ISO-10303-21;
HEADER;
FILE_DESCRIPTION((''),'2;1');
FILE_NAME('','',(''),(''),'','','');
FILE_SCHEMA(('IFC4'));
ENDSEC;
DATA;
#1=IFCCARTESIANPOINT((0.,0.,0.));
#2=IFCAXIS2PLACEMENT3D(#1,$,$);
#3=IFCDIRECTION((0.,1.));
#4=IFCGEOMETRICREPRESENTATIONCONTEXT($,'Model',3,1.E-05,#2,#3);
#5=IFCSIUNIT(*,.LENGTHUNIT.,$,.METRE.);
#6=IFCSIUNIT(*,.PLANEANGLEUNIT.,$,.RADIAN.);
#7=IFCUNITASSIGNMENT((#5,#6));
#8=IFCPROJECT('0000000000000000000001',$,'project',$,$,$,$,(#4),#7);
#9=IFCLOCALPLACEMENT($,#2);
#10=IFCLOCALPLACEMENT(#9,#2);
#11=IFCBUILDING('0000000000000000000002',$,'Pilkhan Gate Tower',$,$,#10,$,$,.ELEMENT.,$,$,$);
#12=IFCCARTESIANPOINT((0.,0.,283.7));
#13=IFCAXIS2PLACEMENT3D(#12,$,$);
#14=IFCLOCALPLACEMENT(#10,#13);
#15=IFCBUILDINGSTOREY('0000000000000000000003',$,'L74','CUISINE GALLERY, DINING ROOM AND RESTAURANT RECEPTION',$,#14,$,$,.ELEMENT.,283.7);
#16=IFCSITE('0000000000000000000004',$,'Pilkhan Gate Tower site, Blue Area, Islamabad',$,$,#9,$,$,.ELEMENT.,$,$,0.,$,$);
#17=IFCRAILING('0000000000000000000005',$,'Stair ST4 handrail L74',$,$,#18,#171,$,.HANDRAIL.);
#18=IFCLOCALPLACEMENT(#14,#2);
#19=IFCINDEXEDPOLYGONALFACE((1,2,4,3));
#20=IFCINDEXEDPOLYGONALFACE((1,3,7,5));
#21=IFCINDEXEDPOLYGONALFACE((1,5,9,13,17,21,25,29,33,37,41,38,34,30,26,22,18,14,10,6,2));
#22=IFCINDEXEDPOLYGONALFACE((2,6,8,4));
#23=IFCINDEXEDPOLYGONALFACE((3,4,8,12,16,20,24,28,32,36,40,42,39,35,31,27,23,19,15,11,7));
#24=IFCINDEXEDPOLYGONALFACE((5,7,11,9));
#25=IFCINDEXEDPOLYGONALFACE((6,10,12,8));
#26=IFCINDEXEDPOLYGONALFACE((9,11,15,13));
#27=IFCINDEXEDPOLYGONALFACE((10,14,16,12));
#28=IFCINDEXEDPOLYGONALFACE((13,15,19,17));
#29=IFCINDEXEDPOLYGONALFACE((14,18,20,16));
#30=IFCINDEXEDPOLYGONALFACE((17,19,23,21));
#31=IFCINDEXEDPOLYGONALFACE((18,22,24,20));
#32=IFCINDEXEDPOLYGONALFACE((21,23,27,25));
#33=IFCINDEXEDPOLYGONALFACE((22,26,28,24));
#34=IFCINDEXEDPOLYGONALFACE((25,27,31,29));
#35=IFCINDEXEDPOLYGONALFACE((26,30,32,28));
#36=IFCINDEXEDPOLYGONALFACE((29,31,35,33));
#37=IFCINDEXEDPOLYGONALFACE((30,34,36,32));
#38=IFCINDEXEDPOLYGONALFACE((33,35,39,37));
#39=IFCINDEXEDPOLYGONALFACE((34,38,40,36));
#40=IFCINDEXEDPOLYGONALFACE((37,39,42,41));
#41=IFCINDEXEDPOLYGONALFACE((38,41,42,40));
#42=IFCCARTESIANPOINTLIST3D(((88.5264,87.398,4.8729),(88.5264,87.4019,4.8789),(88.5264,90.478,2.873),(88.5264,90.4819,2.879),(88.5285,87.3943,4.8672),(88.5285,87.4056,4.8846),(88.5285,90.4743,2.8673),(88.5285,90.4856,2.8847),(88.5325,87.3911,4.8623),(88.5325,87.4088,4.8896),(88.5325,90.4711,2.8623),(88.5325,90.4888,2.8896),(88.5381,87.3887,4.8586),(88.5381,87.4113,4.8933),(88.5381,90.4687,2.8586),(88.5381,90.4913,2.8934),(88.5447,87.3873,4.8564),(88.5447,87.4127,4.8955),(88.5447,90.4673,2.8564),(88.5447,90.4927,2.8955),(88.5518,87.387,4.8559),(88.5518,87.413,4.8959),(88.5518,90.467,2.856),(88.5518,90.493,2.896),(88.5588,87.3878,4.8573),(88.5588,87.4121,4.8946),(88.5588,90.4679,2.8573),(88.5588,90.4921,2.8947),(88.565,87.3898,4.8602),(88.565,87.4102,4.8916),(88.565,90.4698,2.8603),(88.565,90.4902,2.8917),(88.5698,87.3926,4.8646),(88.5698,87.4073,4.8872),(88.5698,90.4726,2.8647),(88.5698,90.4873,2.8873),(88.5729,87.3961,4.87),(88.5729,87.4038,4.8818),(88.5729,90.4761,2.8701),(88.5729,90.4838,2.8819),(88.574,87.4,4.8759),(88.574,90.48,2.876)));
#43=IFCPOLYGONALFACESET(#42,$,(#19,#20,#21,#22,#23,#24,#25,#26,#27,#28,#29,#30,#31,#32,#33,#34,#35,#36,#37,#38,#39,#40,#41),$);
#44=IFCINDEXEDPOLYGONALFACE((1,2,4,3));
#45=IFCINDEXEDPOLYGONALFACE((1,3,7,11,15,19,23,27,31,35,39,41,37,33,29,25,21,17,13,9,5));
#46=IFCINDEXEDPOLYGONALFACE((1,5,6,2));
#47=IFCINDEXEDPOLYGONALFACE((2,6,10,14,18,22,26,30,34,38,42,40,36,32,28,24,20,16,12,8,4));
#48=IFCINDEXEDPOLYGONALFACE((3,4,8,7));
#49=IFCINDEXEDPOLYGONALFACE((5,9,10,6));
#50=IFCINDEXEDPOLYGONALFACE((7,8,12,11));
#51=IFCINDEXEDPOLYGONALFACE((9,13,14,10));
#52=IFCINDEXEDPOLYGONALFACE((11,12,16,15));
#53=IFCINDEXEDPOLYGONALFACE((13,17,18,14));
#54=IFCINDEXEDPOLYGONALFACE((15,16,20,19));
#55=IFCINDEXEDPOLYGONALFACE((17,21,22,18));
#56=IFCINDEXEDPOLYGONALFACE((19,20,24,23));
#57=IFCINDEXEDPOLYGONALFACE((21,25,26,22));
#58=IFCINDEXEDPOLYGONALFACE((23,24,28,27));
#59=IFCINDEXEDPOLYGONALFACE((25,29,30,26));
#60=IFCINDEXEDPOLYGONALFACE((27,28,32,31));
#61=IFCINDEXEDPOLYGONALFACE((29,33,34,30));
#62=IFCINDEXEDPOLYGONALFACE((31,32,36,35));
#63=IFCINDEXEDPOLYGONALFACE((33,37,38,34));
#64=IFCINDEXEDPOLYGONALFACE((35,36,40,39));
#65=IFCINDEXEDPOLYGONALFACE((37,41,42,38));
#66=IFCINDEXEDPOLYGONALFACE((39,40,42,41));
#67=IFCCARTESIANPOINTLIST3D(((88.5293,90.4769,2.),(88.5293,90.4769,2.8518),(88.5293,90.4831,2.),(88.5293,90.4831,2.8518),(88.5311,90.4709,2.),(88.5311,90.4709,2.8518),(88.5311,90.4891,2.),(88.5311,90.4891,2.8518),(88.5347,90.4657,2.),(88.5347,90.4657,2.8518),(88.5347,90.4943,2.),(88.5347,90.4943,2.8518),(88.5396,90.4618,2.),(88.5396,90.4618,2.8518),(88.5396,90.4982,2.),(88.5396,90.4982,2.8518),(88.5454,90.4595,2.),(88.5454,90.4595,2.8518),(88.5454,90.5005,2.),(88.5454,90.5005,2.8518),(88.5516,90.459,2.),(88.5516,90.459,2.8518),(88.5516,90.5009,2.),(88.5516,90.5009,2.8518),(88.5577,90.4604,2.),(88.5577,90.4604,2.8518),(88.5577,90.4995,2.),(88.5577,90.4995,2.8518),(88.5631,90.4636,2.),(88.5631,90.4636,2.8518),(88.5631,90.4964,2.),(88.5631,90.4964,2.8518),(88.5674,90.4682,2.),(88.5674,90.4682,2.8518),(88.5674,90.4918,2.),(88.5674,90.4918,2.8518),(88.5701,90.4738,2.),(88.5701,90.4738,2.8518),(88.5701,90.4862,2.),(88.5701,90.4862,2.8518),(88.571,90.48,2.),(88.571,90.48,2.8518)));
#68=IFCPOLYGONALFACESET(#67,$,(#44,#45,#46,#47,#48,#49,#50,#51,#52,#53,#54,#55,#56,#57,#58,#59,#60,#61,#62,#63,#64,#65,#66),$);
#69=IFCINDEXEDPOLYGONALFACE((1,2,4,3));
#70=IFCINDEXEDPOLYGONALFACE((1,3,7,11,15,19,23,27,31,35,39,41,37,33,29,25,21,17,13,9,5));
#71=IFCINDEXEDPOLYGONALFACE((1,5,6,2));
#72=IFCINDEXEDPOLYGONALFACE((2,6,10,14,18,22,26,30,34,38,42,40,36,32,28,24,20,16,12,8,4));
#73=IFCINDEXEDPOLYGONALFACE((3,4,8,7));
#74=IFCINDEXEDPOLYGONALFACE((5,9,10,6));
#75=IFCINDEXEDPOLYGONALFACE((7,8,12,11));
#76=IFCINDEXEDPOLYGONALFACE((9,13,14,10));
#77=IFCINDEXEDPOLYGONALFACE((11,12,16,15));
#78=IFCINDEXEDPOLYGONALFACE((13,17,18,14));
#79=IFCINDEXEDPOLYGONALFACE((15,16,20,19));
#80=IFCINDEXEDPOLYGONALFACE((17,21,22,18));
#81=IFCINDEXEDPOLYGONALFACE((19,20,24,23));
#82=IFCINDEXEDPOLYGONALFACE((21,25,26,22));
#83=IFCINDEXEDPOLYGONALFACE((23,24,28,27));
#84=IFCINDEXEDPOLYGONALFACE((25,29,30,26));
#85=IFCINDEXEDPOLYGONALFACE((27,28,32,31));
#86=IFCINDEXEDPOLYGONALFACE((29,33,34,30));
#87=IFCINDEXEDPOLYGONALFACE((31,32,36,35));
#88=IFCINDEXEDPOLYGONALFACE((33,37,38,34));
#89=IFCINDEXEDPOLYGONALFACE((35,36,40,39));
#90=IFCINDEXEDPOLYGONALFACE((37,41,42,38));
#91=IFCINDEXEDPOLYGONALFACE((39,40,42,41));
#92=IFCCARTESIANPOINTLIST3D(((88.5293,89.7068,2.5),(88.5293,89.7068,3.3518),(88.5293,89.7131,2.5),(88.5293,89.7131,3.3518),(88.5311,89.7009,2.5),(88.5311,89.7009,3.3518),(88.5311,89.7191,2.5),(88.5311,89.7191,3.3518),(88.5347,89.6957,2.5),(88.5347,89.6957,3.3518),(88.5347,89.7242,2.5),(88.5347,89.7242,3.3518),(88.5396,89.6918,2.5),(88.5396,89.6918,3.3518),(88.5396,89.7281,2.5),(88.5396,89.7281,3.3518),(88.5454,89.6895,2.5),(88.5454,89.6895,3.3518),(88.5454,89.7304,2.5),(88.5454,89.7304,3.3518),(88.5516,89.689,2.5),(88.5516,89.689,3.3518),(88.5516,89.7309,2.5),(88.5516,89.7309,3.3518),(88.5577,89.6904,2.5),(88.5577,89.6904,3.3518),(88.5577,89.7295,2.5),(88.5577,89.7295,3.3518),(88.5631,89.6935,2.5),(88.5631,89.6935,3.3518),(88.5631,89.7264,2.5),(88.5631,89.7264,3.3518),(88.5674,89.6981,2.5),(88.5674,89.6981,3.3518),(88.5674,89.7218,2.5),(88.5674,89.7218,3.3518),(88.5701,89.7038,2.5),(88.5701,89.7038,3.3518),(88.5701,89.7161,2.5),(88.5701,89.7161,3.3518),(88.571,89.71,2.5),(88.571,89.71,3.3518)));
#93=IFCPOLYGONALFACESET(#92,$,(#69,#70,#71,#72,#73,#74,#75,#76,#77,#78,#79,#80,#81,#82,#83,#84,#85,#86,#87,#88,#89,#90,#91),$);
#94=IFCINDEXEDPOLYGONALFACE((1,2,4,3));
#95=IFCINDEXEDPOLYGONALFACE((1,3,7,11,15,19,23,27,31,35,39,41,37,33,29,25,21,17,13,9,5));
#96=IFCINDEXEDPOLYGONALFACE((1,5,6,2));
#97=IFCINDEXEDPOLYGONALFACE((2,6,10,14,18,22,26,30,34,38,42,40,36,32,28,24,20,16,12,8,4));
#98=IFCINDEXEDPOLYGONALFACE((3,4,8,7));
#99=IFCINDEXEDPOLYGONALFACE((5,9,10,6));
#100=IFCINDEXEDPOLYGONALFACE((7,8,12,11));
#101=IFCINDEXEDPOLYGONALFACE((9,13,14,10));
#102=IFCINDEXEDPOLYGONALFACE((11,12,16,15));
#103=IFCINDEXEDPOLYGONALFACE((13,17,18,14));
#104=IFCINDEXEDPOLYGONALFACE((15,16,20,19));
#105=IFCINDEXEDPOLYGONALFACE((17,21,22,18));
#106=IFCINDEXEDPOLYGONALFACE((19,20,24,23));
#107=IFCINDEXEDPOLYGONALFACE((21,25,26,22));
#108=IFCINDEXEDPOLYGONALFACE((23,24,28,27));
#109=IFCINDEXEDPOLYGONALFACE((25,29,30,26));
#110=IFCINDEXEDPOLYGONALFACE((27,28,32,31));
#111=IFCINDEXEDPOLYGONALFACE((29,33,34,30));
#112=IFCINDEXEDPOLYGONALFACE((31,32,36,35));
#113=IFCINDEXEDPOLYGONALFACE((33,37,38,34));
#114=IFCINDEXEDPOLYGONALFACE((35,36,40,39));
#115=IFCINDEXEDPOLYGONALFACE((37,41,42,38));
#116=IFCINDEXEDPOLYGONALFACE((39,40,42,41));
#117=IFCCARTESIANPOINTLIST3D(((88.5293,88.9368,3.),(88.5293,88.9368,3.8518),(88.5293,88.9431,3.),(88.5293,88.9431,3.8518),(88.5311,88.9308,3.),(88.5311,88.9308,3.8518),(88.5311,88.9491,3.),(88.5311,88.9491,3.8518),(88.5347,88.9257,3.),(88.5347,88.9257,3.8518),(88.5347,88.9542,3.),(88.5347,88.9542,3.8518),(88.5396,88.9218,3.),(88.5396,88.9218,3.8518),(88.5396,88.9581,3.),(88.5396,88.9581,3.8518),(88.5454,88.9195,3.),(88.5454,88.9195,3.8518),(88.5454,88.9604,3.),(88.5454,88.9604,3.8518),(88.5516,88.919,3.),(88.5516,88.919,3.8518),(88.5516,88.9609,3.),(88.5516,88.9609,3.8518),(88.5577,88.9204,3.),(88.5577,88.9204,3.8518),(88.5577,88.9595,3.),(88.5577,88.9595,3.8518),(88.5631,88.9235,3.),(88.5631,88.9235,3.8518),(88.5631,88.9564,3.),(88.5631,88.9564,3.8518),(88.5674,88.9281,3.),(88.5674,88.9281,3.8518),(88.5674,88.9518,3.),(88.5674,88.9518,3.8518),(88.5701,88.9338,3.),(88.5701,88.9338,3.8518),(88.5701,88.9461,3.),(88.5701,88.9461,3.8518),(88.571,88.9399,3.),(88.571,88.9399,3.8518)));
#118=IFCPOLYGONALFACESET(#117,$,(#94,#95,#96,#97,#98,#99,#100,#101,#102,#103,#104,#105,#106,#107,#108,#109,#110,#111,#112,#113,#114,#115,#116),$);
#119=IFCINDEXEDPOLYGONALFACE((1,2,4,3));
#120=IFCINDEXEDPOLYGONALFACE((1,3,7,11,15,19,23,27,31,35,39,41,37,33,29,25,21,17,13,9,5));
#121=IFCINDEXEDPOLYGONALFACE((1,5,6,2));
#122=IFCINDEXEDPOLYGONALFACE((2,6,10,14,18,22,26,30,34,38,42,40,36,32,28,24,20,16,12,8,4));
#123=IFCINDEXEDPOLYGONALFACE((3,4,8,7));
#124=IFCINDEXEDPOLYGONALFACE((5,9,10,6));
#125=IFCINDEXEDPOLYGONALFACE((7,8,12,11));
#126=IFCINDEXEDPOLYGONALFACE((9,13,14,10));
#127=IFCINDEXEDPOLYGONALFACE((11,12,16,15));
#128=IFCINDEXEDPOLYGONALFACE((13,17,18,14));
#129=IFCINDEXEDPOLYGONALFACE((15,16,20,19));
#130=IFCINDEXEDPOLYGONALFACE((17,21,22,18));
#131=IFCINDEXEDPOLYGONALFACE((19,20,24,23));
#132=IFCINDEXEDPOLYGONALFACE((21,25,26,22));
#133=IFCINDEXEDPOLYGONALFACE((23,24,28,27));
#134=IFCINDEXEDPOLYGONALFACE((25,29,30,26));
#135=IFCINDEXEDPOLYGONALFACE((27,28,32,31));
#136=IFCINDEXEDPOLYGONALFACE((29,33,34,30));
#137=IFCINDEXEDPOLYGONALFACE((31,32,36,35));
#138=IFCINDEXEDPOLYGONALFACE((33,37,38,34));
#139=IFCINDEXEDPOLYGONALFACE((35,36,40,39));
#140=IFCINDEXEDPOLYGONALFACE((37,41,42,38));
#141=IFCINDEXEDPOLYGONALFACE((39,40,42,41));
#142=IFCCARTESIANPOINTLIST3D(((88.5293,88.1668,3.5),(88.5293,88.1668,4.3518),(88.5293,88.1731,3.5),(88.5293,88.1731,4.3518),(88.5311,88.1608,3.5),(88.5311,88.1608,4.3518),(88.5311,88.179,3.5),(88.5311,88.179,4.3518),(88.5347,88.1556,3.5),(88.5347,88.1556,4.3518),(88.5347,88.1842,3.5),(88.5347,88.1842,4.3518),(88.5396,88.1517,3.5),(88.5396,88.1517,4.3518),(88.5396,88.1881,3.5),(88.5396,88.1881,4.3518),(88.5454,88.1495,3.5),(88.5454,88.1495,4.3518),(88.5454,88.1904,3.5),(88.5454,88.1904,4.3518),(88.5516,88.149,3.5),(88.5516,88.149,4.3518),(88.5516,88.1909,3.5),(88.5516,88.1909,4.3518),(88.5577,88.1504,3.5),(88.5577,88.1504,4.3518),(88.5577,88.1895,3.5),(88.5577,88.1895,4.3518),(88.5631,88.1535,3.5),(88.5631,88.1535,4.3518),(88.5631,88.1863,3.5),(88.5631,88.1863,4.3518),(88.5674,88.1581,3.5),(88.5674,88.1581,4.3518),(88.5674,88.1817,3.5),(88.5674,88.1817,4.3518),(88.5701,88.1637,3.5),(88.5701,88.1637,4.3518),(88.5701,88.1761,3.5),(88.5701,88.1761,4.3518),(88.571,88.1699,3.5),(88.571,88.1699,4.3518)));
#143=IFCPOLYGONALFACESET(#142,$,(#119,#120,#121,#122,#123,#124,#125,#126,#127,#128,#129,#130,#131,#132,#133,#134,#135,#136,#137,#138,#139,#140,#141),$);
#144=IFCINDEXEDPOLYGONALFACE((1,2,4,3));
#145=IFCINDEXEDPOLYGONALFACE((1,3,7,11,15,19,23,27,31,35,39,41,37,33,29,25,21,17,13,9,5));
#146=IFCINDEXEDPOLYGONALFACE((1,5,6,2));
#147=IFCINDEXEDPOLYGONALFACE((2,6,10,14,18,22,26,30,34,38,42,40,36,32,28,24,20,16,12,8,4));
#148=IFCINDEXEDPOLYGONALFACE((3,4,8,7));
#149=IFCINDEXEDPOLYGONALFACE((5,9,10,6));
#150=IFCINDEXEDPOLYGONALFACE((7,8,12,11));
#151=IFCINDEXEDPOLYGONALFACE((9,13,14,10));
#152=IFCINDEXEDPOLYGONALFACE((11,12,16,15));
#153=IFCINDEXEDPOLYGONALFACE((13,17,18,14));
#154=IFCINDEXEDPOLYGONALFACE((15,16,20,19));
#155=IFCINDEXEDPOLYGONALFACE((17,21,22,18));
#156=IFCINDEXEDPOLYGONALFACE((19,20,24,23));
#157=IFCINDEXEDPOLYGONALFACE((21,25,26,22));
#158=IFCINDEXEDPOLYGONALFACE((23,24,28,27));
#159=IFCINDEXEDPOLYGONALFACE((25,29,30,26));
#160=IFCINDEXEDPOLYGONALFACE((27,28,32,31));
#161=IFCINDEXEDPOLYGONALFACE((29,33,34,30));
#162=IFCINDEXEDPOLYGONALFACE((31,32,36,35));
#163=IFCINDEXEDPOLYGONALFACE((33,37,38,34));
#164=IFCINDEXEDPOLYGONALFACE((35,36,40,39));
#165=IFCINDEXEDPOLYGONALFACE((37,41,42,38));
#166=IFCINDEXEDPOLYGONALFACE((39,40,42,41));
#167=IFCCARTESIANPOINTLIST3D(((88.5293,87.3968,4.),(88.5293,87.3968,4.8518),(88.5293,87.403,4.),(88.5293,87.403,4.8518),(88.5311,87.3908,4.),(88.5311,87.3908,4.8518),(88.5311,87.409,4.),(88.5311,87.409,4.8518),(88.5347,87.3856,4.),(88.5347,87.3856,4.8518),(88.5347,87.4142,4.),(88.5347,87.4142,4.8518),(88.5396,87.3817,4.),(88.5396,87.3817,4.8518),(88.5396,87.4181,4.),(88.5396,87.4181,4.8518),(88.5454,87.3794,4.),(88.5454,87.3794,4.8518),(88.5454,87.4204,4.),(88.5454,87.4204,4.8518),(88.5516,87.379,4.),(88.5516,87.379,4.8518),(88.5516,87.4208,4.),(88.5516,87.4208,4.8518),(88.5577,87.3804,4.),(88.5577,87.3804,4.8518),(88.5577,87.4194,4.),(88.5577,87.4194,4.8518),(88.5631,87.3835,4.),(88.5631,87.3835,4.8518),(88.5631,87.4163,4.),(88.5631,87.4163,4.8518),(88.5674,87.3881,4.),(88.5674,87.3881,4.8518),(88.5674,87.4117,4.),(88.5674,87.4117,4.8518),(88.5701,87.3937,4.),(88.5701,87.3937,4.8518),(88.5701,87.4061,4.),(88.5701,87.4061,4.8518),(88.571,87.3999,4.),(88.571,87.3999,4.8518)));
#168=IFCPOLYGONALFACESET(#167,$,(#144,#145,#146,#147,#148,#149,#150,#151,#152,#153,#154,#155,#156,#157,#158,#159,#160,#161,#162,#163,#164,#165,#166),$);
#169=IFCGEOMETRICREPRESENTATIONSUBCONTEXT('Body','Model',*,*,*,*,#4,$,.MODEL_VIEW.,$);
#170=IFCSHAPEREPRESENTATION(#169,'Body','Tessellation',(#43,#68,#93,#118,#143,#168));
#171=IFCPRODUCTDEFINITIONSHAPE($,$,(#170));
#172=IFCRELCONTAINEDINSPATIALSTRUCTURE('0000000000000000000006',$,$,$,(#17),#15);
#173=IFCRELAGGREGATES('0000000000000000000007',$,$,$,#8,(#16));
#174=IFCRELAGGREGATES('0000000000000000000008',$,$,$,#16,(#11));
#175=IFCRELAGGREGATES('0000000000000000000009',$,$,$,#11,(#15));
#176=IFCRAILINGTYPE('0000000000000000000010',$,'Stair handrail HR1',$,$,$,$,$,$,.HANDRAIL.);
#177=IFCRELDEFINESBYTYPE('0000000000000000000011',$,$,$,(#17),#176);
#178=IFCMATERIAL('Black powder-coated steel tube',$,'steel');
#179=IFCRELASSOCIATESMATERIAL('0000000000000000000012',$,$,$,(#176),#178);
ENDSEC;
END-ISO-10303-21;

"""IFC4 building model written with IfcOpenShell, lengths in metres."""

from ifc_helpers import new_model, si_unit, direction, frame, origin, origin_2d, place, context, subcontext, project, spatial, circle, extrude, material, type_object, element, save


model = new_model("IFC4")

# Units and contexts
model_context = context("Model", 3, precision=1e-05, world=origin(), true_north=direction((0.0, 1.0)))
body_context = subcontext(model_context, "Body", "Model", "MODEL_VIEW")
ifc_project = project(units=[si_unit("LENGTHUNIT", "METRE"), si_unit("PLANEANGLEUNIT", "RADIAN")], contexts=[model_context])

# Site, building, storey
site_placement = place(None, origin())
site = spatial("IfcSite", under=ifc_project, at=site_placement, Name="Pilkhan Gate Tower site, Blue Area, Islamabad", CompositionType="ELEMENT", RefElevation=0.0)
building_placement = place(site_placement, origin())
building = spatial("IfcBuilding", under=site, at=building_placement, Name="Pilkhan Gate Tower", CompositionType="ELEMENT")
storey_placement = place(building_placement, frame((0.0, 0.0, 283.7)))
storey = spatial("IfcBuildingStorey", under=building, at=storey_placement, Name="L74", Description="CUISINE GALLERY, DINING ROOM AND RESTAURANT RECEPTION", CompositionType="ELEMENT", Elevation=283.7)

# Railing
ifc_material_1 = material(Name="Black powder-coated steel tube", Category="steel")
railing_type_1 = type_object("IfcRailingType", Name="Stair handrail HR1", PredefinedType="HANDRAIL", material=ifc_material_1)
railing_1_placement = place(storey_placement, frame((88.55, 90.48, 2.0)))
element("IfcRailing", 1, at=railing_1_placement, inside=storey, type_object=railing_type_1, Name="Stair ST4 handrail L74", PredefinedType="HANDRAIL", context=body_context, shape_type="SweptSolid", body=[
    extrude(circle(Radius=0.0239, at=origin_2d()), frame((0.0, 0.0, 0.876), z_axis=(0.0, -0.838699, 0.544596), x_axis=(1.0, 0.0, 0.0)), (0.0, 0.0, 1.0), 3.6724),
    extrude(circle(Radius=0.021, at=origin_2d()), origin(), (0.0, 0.0, 1.0), 0.8518),
    extrude(circle(Radius=0.021, at=origin_2d()), frame((0.0, -0.77, 0.5)), (0.0, 0.0, 1.0), 0.8518),
    extrude(circle(Radius=0.021, at=origin_2d()), frame((0.0, -1.54, 1.0)), (0.0, 0.0, 1.0), 0.8518),
    extrude(circle(Radius=0.021, at=origin_2d()), frame((0.0, -2.3101, 1.5)), (0.0, 0.0, 1.0), 0.8518),
    extrude(circle(Radius=0.021, at=origin_2d()), frame((0.0, -3.0801, 2.0)), (0.0, 0.0, 1.0), 0.8518),
])

save(model, "model.ifc")
